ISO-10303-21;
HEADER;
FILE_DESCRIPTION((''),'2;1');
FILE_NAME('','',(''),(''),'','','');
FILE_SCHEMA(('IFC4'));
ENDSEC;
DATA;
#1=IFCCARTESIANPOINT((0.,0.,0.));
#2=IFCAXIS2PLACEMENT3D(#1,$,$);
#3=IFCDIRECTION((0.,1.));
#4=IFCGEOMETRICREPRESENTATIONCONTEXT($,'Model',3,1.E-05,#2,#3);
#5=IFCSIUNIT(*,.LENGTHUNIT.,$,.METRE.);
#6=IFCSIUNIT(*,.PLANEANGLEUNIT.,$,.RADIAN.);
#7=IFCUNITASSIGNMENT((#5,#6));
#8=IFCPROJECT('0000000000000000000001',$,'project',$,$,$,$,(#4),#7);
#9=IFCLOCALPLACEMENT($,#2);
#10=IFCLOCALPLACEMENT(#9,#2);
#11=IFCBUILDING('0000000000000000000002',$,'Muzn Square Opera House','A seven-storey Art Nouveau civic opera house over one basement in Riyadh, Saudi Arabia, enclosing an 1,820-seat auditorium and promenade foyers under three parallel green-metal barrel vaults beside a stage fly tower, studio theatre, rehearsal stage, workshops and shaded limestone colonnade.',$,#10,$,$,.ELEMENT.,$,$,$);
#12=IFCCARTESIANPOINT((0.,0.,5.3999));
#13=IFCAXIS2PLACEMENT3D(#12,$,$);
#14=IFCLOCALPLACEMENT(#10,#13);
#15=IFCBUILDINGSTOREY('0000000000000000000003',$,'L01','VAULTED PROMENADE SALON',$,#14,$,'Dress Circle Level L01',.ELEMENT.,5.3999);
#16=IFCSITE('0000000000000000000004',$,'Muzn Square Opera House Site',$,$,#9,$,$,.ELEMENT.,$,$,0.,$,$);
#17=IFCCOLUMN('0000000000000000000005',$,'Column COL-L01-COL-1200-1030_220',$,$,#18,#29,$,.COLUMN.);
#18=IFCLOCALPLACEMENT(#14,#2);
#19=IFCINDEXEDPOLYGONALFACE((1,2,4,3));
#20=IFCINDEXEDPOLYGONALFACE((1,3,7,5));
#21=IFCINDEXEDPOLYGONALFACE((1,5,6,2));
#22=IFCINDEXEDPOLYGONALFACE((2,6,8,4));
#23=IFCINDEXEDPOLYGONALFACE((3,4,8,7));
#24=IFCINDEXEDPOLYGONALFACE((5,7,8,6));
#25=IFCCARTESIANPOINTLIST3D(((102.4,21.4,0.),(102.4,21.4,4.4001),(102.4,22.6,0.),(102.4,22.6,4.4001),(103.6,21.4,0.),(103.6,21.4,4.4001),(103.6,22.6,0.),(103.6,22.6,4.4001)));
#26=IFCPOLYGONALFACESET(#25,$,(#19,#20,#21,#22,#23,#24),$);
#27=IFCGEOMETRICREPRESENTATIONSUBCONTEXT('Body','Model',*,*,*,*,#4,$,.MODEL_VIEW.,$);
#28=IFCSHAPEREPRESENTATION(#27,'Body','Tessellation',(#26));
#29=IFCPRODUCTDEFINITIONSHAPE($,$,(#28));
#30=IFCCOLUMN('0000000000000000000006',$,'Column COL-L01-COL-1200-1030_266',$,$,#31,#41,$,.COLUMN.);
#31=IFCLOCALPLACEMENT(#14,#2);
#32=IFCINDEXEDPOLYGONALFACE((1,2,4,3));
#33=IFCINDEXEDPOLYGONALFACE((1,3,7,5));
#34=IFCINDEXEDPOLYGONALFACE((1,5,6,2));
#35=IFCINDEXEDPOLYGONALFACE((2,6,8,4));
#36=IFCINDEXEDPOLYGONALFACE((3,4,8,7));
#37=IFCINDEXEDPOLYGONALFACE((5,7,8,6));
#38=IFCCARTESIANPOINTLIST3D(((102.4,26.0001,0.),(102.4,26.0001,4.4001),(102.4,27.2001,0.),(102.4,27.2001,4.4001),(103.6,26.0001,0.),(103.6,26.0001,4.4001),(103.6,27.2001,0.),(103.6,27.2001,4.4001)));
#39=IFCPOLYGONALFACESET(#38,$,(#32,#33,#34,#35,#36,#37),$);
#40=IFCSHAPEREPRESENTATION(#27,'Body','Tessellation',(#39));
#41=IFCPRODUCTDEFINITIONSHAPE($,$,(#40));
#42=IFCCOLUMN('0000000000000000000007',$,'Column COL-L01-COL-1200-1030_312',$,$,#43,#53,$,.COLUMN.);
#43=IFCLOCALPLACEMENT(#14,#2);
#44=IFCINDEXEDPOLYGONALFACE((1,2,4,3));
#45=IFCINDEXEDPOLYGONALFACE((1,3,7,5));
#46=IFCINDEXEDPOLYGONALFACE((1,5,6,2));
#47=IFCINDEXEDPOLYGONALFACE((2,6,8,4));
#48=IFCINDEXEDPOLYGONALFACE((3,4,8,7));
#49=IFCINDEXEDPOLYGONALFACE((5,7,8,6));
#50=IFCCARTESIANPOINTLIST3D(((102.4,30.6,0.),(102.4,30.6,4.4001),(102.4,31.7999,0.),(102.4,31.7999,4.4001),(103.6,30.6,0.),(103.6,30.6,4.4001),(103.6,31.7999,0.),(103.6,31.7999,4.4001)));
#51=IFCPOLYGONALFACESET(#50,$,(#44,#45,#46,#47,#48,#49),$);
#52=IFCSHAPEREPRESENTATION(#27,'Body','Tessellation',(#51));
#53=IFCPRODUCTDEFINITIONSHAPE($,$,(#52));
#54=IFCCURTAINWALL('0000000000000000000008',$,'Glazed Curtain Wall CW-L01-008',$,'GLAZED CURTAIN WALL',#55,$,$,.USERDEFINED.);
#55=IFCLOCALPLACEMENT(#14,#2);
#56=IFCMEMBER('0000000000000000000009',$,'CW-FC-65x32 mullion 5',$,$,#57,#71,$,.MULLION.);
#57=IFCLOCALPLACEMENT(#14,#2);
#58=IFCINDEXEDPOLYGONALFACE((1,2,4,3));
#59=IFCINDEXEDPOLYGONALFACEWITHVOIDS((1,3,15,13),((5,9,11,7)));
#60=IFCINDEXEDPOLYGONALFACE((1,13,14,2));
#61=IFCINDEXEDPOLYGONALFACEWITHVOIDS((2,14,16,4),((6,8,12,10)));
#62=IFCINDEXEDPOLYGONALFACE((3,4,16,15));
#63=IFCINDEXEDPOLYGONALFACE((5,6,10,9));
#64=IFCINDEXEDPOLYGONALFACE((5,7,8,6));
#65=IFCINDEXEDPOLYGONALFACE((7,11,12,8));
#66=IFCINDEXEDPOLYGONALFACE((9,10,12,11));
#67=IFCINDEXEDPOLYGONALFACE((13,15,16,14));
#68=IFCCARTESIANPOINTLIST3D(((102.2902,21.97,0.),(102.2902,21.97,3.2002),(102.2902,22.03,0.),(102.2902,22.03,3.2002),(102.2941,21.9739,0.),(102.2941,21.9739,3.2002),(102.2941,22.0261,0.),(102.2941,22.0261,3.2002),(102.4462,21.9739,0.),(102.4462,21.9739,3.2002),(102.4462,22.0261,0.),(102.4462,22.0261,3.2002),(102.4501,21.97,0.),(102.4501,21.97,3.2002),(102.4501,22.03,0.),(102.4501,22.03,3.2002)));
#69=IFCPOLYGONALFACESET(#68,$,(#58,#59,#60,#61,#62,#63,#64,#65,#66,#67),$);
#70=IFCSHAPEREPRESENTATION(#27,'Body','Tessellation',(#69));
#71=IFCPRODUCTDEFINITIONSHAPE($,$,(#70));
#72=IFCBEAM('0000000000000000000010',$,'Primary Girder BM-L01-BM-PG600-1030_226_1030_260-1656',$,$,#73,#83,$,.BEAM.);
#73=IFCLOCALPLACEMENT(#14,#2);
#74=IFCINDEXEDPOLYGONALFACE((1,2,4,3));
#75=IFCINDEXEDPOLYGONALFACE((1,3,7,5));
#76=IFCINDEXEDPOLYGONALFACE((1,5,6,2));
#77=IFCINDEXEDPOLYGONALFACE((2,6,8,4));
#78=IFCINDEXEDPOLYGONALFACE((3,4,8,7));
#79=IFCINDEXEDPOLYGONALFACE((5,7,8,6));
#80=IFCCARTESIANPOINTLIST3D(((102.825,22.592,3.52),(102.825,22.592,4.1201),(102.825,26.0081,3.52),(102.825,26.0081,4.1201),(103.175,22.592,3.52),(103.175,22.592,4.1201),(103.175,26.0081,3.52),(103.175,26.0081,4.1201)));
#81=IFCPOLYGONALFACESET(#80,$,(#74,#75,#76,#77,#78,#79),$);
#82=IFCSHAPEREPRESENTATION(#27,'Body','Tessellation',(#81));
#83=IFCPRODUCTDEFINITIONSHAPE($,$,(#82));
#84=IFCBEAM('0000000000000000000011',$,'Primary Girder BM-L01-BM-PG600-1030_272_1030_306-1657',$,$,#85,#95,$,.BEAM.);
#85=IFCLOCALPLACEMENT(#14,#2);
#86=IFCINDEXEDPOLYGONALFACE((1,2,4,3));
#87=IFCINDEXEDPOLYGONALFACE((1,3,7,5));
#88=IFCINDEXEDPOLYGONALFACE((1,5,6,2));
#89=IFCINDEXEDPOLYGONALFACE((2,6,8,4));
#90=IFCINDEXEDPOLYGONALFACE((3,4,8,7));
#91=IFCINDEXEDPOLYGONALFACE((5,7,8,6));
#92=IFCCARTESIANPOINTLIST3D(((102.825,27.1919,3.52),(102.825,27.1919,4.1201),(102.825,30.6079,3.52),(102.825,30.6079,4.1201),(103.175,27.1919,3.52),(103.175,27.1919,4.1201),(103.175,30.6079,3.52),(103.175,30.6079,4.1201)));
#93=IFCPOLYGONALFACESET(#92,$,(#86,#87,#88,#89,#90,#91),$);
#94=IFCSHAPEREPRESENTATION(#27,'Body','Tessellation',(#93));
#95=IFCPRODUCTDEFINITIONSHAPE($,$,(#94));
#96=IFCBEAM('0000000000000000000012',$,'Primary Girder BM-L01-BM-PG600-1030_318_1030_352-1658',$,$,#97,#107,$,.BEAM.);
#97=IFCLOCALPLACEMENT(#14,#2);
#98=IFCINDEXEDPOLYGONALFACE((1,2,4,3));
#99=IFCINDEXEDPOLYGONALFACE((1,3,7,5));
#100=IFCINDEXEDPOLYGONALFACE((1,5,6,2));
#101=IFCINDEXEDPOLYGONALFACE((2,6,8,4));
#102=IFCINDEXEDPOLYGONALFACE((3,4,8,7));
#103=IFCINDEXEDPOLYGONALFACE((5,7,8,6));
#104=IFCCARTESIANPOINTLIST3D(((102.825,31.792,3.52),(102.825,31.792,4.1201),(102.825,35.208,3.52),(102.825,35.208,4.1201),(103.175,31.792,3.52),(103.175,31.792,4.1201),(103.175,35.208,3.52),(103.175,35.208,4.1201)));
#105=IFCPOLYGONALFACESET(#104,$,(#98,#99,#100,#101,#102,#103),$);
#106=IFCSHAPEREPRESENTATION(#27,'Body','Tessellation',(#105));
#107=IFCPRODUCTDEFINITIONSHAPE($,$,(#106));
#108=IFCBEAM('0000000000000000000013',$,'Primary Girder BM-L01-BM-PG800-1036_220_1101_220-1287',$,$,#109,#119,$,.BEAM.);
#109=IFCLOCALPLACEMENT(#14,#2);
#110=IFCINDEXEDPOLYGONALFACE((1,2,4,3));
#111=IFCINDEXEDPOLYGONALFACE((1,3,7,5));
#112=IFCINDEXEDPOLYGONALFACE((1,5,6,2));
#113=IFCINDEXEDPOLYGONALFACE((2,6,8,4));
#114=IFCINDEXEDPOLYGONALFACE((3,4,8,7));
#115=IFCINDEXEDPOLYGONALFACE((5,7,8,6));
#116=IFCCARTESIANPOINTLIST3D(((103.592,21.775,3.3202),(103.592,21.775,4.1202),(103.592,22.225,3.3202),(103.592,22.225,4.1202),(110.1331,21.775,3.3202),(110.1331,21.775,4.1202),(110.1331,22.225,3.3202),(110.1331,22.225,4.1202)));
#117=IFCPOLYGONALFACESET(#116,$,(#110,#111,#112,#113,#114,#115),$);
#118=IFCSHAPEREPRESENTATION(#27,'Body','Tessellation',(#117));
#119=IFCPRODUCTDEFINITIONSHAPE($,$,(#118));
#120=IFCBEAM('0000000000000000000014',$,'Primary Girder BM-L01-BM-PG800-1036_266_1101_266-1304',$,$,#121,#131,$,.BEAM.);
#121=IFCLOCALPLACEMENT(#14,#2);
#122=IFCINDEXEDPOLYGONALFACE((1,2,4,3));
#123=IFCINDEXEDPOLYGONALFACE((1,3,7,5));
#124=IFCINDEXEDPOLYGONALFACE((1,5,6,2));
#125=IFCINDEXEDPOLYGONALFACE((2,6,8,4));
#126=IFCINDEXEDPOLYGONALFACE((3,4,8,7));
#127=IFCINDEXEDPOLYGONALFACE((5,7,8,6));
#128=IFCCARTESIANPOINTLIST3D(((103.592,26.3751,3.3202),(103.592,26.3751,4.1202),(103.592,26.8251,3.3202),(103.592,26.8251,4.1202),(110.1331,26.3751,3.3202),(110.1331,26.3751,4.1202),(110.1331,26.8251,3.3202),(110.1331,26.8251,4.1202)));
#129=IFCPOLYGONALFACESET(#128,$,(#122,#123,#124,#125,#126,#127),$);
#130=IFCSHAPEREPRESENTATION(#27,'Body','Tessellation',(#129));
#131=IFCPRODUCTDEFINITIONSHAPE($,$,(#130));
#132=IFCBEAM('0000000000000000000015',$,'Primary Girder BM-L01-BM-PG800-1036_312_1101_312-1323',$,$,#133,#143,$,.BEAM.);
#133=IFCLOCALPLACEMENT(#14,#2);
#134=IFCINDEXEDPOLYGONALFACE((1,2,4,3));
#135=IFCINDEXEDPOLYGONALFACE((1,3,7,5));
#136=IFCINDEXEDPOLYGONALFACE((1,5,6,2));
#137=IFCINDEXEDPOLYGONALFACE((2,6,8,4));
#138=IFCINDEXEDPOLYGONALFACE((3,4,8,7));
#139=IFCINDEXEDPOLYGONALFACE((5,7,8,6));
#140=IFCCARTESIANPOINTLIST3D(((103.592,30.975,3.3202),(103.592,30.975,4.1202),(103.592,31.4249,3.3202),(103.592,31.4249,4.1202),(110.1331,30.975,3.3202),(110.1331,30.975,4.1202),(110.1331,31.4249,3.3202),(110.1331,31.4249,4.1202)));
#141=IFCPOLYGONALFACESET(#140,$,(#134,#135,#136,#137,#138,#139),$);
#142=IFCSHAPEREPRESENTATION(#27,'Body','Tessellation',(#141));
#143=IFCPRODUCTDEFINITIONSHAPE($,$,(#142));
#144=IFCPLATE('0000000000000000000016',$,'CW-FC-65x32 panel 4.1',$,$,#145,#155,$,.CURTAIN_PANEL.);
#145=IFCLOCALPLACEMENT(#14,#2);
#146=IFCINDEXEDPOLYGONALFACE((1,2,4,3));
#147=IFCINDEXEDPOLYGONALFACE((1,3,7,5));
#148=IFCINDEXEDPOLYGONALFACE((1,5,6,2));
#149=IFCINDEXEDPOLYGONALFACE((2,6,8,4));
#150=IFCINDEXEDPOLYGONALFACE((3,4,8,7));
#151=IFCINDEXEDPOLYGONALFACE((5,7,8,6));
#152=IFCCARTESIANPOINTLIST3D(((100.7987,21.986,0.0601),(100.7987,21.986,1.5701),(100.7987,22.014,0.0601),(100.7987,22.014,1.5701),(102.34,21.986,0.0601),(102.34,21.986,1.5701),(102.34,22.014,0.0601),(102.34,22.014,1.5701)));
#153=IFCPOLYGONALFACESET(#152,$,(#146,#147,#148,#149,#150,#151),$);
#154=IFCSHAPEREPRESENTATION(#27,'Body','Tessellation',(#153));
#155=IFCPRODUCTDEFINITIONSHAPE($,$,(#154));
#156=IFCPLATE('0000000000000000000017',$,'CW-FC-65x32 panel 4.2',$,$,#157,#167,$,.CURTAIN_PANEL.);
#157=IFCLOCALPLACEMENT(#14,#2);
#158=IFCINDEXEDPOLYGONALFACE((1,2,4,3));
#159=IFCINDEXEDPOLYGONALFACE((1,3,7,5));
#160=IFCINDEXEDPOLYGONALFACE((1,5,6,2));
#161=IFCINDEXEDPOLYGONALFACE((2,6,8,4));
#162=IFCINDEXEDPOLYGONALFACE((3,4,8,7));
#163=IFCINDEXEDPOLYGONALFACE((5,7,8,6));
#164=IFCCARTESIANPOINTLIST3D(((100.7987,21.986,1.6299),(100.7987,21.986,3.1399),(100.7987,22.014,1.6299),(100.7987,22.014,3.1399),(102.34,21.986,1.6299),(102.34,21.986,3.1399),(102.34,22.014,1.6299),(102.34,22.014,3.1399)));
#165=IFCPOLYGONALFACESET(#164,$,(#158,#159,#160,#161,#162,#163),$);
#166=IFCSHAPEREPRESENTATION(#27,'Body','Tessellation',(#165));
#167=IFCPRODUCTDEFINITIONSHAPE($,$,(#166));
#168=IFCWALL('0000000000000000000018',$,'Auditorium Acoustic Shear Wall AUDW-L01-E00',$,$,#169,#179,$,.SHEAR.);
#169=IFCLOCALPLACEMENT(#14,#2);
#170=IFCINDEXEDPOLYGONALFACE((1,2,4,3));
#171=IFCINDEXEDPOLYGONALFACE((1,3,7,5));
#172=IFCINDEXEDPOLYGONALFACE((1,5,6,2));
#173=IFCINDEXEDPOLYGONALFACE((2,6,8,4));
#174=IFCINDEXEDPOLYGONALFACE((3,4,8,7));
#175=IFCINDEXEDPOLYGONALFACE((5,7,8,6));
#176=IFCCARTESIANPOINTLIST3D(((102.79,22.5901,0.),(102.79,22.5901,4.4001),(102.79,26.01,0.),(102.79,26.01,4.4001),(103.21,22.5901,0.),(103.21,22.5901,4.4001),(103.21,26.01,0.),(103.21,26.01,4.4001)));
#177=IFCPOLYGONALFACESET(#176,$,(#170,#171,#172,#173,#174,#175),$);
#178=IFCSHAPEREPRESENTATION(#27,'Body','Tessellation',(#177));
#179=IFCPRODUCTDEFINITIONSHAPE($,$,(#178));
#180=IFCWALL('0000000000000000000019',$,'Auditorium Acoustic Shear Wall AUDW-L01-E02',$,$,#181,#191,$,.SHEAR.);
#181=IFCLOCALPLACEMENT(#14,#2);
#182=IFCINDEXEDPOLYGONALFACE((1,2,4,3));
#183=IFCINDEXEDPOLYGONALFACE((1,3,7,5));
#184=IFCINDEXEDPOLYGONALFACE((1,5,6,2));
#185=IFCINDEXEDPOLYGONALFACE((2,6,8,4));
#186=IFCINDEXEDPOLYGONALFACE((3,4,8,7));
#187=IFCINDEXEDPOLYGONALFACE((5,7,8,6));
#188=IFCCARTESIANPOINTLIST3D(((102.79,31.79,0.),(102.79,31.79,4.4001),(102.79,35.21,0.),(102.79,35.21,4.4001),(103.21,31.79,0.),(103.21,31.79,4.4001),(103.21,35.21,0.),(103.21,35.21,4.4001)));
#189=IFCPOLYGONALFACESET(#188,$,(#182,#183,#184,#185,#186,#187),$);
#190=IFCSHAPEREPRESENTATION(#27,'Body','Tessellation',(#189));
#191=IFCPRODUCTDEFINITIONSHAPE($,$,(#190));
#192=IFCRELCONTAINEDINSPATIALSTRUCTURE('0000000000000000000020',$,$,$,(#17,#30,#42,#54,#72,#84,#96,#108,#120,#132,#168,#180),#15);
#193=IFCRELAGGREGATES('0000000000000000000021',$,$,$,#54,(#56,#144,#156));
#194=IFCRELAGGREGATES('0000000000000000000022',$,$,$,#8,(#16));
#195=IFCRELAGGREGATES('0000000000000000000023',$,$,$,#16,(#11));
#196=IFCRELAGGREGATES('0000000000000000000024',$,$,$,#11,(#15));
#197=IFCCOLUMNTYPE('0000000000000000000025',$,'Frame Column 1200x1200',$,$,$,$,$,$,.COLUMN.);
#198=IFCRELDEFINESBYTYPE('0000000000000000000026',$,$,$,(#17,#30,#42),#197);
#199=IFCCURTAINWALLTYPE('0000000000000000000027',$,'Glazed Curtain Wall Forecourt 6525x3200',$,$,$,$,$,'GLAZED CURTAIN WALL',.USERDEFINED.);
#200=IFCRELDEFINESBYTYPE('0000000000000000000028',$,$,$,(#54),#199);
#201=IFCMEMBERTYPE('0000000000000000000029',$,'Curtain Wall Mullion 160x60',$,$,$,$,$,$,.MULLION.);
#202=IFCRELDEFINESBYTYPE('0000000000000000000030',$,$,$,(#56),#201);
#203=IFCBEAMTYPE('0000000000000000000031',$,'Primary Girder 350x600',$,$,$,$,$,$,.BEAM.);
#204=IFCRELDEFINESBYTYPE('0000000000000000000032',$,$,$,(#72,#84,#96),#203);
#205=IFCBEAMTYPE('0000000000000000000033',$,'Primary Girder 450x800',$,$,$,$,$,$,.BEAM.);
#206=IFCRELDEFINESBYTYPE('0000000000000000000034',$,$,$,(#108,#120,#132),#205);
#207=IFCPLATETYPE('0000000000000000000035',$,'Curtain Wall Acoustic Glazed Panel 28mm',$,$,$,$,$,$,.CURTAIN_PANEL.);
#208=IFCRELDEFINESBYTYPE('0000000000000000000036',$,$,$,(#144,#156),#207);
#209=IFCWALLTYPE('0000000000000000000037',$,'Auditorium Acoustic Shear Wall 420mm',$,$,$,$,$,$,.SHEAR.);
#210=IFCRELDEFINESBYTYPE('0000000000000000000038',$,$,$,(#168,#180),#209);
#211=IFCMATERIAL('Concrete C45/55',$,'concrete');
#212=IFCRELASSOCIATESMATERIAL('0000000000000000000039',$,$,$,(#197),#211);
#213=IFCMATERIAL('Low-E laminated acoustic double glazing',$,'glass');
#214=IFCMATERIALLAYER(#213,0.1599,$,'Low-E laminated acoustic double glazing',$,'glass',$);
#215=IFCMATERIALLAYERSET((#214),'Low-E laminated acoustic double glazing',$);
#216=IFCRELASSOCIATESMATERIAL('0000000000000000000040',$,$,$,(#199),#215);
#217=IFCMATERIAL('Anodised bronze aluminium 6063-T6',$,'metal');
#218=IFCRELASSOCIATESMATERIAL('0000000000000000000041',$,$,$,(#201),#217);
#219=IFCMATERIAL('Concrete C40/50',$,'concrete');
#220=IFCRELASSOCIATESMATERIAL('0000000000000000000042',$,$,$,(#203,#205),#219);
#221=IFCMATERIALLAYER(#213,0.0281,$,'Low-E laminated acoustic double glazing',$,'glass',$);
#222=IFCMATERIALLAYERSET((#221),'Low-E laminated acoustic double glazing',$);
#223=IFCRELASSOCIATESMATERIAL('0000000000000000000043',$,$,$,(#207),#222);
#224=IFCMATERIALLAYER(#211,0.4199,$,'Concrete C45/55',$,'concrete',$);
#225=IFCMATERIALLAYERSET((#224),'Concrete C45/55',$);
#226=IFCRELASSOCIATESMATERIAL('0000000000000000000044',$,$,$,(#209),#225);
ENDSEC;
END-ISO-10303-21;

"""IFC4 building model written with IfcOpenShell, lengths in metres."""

from ifc_helpers import new_model, si_unit, direction, frame, frame_2d, origin, origin_2d, place, context, subcontext, project, spatial, rectangle, hollow_rectangle, extrude, material, layer, layer_set, material_profile, profile_set, type_object, element, aggregate, save


model = new_model("IFC4")

# Units and contexts
model_context = context("Model", 3, precision=1e-05, world=origin(), true_north=direction((0.0, 1.0)))
body_context = subcontext(model_context, "Body", "Model", "MODEL_VIEW")
ifc_project = project(units=[si_unit("LENGTHUNIT", "METRE"), si_unit("PLANEANGLEUNIT", "RADIAN")], contexts=[model_context])

# Site, building, storey
site_placement = place(None, origin())
site = spatial("IfcSite", under=ifc_project, at=site_placement, Name="Muzn Square Opera House Site", CompositionType="ELEMENT", RefElevation=0.0)
building_placement = place(site_placement, origin())
building = spatial("IfcBuilding", under=site, at=building_placement, Name="Muzn Square Opera House", Description="A seven-storey Art Nouveau civic opera house over one basement in Riyadh, Saudi Arabia, enclosing an 1,820-seat auditorium and promenade foyers under three parallel green-metal barrel vaults beside a stage fly tower, studio theatre, rehearsal stage, workshops and shaded limestone colonnade.", CompositionType="ELEMENT")
storey_placement = place(building_placement, frame((0.0, 0.0, 5.3999)))
storey = spatial("IfcBuildingStorey", under=building, at=storey_placement, Name="L01", Description="VAULTED PROMENADE SALON", LongName="Dress Circle Level L01", CompositionType="ELEMENT", Elevation=5.3999)

# Columns
ifc_material_1 = material(Name="Concrete C45/55", Category="concrete")
ifc_material_profile_1 = material_profile(ifc_material_1, rectangle(XDim=1.2, YDim=1.2, at=origin_2d()), Name="RC 1200x1200", Category="concrete")
ifc_profile_set_1 = profile_set([ifc_material_profile_1], Name="Concrete C45/55")
column_type = type_object("IfcColumnType", Name="Frame Column 1200x1200", PredefinedType="COLUMN", material=ifc_profile_set_1)
for number, where, z_axis, x_axis, name in (
    (1, (103.0, 22.0, 0.0), (0.0, 0.0, 1.0), (1.0, 0.0, 0.0), "Column COL-L01-COL-1200-1030_220"),
    (2, (103.0, 26.6001, 0.0), (0.0, 0.0, 1.0), (1.0, 0.0, 0.0), "Column COL-L01-COL-1200-1030_266"),
    (3, (103.0, 31.2, 0.0), (0.0, 0.0, 1.0), (1.0, 0.0, 0.0), "Column COL-L01-COL-1200-1030_312"),
):
    element("IfcColumn", number, at=place(storey_placement, frame(where, z_axis=z_axis, x_axis=x_axis)), inside=storey, type_object=column_type, Name=name, PredefinedType="COLUMN", context=body_context, shape_type="SweptSolid", body=[
        extrude(rectangle(XDim=1.2, YDim=1.2, at=origin_2d()), origin(), (0.0, 0.0, 1.0), 4.4001),
    ])

# Curtain wall, member
ifc_material_2 = material(Name="Low-E laminated acoustic double glazing", Category="glass")
ifc_layer_1 = layer(ifc_material_2, 0.1599, Name="Low-E laminated acoustic double glazing", Category="glass")
ifc_layer_set_1 = layer_set([ifc_layer_1], Name="Low-E laminated acoustic double glazing")
curtain_wall_type = type_object("IfcCurtainWallType", Name="Glazed Curtain Wall Forecourt 6525x3200", ElementType="GLAZED CURTAIN WALL", PredefinedType="USERDEFINED", material=ifc_layer_set_1)
curtain_wall_placement = place(storey_placement, origin())
curtain_wall = element("IfcCurtainWall", 4, at=curtain_wall_placement, inside=storey, type_object=curtain_wall_type, Name="Glazed Curtain Wall CW-L01-008", ObjectType="GLAZED CURTAIN WALL", PredefinedType="USERDEFINED")
ifc_material_3 = material(Name="Anodised bronze aluminium 6063-T6", Category="metal")
ifc_material_profile_2 = material_profile(ifc_material_3, hollow_rectangle(XDim=0.0601, YDim=0.1599, WallThickness=0.0039, at=origin_2d()), Name="ALU 160x60x4", Category="metal")
ifc_profile_set_2 = profile_set([ifc_material_profile_2], Name="Anodised bronze aluminium 6063-T6")
member_type = type_object("IfcMemberType", Name="Curtain Wall Mullion 160x60", PredefinedType="MULLION", material=ifc_profile_set_2)
member_placement = place(storey_placement, frame((102.3701, 22.0, 0.0), z_axis=(0.0, 0.0, 1.0), x_axis=(0.0, 1.0, 0.0)))
member = element("IfcMember", 5, at=member_placement, type_object=member_type, Name="CW-FC-65x32 mullion 5", PredefinedType="MULLION", context=body_context, shape_type="SweptSolid", body=[
    extrude(hollow_rectangle(XDim=0.0601, YDim=0.1599, WallThickness=0.0039, at=origin_2d()), origin(), (0.0, 0.0, 1.0), 3.2002),
])

# Beams
ifc_material_4 = material(Name="Concrete C40/50", Category="concrete")
ifc_material_profile_3 = material_profile(ifc_material_4, rectangle(XDim=0.3501, YDim=0.6001, at=origin_2d()), Name="RCB 350x600", Category="concrete")
ifc_profile_set_3 = profile_set([ifc_material_profile_3], Name="Concrete C40/50")
beam_type_1 = type_object("IfcBeamType", Name="Primary Girder 350x600", PredefinedType="BEAM", material=ifc_profile_set_3)
for number, where, z_axis, x_axis, name in (
    (6, (103.0, 22.592, 3.8201), (0.0, 1.0, 0.0), (-1.0, 0.0, 0.0), "Primary Girder BM-L01-BM-PG600-1030_226_1030_260-1656"),
    (7, (103.0, 27.1919, 3.8201), (0.0, 1.0, 0.0), (-1.0, 0.0, 0.0), "Primary Girder BM-L01-BM-PG600-1030_272_1030_306-1657"),
    (8, (103.0, 31.792, 3.8201), (0.0, 1.0, 0.0), (-1.0, 0.0, 0.0), "Primary Girder BM-L01-BM-PG600-1030_318_1030_352-1658"),
):
    element("IfcBeam", number, at=place(storey_placement, frame(where, z_axis=z_axis, x_axis=x_axis)), inside=storey, type_object=beam_type_1, Name=name, PredefinedType="BEAM", context=body_context, shape_type="SweptSolid", body=[
        extrude(rectangle(XDim=0.3501, YDim=0.6001, at=origin_2d()), origin(), (0.0, 0.0, 1.0), 3.416),
    ])
ifc_material_profile_4 = material_profile(ifc_material_4, rectangle(XDim=0.45, YDim=0.8, at=origin_2d()), Name="RCB 450x800", Category="concrete")
ifc_profile_set_4 = profile_set([ifc_material_profile_4], Name="Concrete C40/50")
beam_type_2 = type_object("IfcBeamType", Name="Primary Girder 450x800", PredefinedType="BEAM", material=ifc_profile_set_4)
for number, where, z_axis, x_axis, name in (
    (9, (103.592, 22.0, 3.7202), (1.0, 0.0, 0.0), (0.0, 1.0, 0.0), "Primary Girder BM-L01-BM-PG800-1036_220_1101_220-1287"),
    (10, (103.592, 26.6001, 3.7202), (1.0, 0.0, 0.0), (0.0, 1.0, 0.0), "Primary Girder BM-L01-BM-PG800-1036_266_1101_266-1304"),
    (11, (103.592, 31.2, 3.7202), (1.0, 0.0, 0.0), (0.0, 1.0, 0.0), "Primary Girder BM-L01-BM-PG800-1036_312_1101_312-1323"),
):
    element("IfcBeam", number, at=place(storey_placement, frame(where, z_axis=z_axis, x_axis=x_axis)), inside=storey, type_object=beam_type_2, Name=name, PredefinedType="BEAM", context=body_context, shape_type="SweptSolid", body=[
        extrude(rectangle(XDim=0.45, YDim=0.8, at=origin_2d()), origin(), (0.0, 0.0, 1.0), 6.541),
    ])

# Plates
ifc_layer_2 = layer(ifc_material_2, 0.0281, Name="Low-E laminated acoustic double glazing", Category="glass")
ifc_layer_set_2 = layer_set([ifc_layer_2], Name="Low-E laminated acoustic double glazing")
plate_type = type_object("IfcPlateType", Name="Curtain Wall Acoustic Glazed Panel 28mm", PredefinedType="CURTAIN_PANEL", material=ifc_layer_set_2)
plate_1_placement = place(storey_placement, frame((101.5693, 22.0, 0.0601), z_axis=(0.0, 0.0, 1.0), x_axis=(1.0, 0.0, 0.0)))
plate_1 = element("IfcPlate", 12, at=plate_1_placement, type_object=plate_type, Name="CW-FC-65x32 panel 4.1", PredefinedType="CURTAIN_PANEL", context=body_context, shape_type="SweptSolid", body=[
    extrude(rectangle(XDim=1.5413, YDim=0.0281, at=origin_2d()), origin(), (0.0, 0.0, 1.0), 1.51),
])
plate_2_placement = place(storey_placement, frame((101.5693, 22.0, 1.6299), z_axis=(0.0, 0.0, 1.0), x_axis=(1.0, 0.0, 0.0)))
plate_2 = element("IfcPlate", 13, at=plate_2_placement, type_object=plate_type, Name="CW-FC-65x32 panel 4.2", PredefinedType="CURTAIN_PANEL", context=body_context, shape_type="SweptSolid", body=[
    extrude(rectangle(XDim=1.5413, YDim=0.0281, at=origin_2d()), origin(), (0.0, 0.0, 1.0), 1.51),
])
aggregate(curtain_wall, [member, plate_1, plate_2])

# Walls
ifc_layer_3 = layer(ifc_material_1, 0.4199, Name="Concrete C45/55", Category="concrete")
ifc_layer_set_3 = layer_set([ifc_layer_3], Name="Concrete C45/55")
wall_type_1 = type_object("IfcWallType", Name="Auditorium Acoustic Shear Wall 420mm", PredefinedType="SHEAR", material=ifc_layer_set_3)
for number, where, z_axis, x_axis, name in (
    (14, (103.0, 22.5901, 0.0), (0.0, 0.0, 1.0), (0.0, 1.0, 0.0), "Auditorium Acoustic Shear Wall AUDW-L01-E00"),
    (15, (103.0, 31.79, 0.0), (0.0, 0.0, 1.0), (0.0, 1.0, 0.0), "Auditorium Acoustic Shear Wall AUDW-L01-E02"),
):
    element("IfcWall", number, at=place(storey_placement, frame(where, z_axis=z_axis, x_axis=x_axis)), inside=storey, type_object=wall_type_1, Name=name, PredefinedType="SHEAR", context=body_context, shape_type="SweptSolid", body=[
        extrude(rectangle(XDim=3.4199, YDim=0.4199, at=frame_2d((1.71, 0.0))), origin(), (0.0, 0.0, 1.0), 4.4001),
    ])

save(model, "model.ifc")
